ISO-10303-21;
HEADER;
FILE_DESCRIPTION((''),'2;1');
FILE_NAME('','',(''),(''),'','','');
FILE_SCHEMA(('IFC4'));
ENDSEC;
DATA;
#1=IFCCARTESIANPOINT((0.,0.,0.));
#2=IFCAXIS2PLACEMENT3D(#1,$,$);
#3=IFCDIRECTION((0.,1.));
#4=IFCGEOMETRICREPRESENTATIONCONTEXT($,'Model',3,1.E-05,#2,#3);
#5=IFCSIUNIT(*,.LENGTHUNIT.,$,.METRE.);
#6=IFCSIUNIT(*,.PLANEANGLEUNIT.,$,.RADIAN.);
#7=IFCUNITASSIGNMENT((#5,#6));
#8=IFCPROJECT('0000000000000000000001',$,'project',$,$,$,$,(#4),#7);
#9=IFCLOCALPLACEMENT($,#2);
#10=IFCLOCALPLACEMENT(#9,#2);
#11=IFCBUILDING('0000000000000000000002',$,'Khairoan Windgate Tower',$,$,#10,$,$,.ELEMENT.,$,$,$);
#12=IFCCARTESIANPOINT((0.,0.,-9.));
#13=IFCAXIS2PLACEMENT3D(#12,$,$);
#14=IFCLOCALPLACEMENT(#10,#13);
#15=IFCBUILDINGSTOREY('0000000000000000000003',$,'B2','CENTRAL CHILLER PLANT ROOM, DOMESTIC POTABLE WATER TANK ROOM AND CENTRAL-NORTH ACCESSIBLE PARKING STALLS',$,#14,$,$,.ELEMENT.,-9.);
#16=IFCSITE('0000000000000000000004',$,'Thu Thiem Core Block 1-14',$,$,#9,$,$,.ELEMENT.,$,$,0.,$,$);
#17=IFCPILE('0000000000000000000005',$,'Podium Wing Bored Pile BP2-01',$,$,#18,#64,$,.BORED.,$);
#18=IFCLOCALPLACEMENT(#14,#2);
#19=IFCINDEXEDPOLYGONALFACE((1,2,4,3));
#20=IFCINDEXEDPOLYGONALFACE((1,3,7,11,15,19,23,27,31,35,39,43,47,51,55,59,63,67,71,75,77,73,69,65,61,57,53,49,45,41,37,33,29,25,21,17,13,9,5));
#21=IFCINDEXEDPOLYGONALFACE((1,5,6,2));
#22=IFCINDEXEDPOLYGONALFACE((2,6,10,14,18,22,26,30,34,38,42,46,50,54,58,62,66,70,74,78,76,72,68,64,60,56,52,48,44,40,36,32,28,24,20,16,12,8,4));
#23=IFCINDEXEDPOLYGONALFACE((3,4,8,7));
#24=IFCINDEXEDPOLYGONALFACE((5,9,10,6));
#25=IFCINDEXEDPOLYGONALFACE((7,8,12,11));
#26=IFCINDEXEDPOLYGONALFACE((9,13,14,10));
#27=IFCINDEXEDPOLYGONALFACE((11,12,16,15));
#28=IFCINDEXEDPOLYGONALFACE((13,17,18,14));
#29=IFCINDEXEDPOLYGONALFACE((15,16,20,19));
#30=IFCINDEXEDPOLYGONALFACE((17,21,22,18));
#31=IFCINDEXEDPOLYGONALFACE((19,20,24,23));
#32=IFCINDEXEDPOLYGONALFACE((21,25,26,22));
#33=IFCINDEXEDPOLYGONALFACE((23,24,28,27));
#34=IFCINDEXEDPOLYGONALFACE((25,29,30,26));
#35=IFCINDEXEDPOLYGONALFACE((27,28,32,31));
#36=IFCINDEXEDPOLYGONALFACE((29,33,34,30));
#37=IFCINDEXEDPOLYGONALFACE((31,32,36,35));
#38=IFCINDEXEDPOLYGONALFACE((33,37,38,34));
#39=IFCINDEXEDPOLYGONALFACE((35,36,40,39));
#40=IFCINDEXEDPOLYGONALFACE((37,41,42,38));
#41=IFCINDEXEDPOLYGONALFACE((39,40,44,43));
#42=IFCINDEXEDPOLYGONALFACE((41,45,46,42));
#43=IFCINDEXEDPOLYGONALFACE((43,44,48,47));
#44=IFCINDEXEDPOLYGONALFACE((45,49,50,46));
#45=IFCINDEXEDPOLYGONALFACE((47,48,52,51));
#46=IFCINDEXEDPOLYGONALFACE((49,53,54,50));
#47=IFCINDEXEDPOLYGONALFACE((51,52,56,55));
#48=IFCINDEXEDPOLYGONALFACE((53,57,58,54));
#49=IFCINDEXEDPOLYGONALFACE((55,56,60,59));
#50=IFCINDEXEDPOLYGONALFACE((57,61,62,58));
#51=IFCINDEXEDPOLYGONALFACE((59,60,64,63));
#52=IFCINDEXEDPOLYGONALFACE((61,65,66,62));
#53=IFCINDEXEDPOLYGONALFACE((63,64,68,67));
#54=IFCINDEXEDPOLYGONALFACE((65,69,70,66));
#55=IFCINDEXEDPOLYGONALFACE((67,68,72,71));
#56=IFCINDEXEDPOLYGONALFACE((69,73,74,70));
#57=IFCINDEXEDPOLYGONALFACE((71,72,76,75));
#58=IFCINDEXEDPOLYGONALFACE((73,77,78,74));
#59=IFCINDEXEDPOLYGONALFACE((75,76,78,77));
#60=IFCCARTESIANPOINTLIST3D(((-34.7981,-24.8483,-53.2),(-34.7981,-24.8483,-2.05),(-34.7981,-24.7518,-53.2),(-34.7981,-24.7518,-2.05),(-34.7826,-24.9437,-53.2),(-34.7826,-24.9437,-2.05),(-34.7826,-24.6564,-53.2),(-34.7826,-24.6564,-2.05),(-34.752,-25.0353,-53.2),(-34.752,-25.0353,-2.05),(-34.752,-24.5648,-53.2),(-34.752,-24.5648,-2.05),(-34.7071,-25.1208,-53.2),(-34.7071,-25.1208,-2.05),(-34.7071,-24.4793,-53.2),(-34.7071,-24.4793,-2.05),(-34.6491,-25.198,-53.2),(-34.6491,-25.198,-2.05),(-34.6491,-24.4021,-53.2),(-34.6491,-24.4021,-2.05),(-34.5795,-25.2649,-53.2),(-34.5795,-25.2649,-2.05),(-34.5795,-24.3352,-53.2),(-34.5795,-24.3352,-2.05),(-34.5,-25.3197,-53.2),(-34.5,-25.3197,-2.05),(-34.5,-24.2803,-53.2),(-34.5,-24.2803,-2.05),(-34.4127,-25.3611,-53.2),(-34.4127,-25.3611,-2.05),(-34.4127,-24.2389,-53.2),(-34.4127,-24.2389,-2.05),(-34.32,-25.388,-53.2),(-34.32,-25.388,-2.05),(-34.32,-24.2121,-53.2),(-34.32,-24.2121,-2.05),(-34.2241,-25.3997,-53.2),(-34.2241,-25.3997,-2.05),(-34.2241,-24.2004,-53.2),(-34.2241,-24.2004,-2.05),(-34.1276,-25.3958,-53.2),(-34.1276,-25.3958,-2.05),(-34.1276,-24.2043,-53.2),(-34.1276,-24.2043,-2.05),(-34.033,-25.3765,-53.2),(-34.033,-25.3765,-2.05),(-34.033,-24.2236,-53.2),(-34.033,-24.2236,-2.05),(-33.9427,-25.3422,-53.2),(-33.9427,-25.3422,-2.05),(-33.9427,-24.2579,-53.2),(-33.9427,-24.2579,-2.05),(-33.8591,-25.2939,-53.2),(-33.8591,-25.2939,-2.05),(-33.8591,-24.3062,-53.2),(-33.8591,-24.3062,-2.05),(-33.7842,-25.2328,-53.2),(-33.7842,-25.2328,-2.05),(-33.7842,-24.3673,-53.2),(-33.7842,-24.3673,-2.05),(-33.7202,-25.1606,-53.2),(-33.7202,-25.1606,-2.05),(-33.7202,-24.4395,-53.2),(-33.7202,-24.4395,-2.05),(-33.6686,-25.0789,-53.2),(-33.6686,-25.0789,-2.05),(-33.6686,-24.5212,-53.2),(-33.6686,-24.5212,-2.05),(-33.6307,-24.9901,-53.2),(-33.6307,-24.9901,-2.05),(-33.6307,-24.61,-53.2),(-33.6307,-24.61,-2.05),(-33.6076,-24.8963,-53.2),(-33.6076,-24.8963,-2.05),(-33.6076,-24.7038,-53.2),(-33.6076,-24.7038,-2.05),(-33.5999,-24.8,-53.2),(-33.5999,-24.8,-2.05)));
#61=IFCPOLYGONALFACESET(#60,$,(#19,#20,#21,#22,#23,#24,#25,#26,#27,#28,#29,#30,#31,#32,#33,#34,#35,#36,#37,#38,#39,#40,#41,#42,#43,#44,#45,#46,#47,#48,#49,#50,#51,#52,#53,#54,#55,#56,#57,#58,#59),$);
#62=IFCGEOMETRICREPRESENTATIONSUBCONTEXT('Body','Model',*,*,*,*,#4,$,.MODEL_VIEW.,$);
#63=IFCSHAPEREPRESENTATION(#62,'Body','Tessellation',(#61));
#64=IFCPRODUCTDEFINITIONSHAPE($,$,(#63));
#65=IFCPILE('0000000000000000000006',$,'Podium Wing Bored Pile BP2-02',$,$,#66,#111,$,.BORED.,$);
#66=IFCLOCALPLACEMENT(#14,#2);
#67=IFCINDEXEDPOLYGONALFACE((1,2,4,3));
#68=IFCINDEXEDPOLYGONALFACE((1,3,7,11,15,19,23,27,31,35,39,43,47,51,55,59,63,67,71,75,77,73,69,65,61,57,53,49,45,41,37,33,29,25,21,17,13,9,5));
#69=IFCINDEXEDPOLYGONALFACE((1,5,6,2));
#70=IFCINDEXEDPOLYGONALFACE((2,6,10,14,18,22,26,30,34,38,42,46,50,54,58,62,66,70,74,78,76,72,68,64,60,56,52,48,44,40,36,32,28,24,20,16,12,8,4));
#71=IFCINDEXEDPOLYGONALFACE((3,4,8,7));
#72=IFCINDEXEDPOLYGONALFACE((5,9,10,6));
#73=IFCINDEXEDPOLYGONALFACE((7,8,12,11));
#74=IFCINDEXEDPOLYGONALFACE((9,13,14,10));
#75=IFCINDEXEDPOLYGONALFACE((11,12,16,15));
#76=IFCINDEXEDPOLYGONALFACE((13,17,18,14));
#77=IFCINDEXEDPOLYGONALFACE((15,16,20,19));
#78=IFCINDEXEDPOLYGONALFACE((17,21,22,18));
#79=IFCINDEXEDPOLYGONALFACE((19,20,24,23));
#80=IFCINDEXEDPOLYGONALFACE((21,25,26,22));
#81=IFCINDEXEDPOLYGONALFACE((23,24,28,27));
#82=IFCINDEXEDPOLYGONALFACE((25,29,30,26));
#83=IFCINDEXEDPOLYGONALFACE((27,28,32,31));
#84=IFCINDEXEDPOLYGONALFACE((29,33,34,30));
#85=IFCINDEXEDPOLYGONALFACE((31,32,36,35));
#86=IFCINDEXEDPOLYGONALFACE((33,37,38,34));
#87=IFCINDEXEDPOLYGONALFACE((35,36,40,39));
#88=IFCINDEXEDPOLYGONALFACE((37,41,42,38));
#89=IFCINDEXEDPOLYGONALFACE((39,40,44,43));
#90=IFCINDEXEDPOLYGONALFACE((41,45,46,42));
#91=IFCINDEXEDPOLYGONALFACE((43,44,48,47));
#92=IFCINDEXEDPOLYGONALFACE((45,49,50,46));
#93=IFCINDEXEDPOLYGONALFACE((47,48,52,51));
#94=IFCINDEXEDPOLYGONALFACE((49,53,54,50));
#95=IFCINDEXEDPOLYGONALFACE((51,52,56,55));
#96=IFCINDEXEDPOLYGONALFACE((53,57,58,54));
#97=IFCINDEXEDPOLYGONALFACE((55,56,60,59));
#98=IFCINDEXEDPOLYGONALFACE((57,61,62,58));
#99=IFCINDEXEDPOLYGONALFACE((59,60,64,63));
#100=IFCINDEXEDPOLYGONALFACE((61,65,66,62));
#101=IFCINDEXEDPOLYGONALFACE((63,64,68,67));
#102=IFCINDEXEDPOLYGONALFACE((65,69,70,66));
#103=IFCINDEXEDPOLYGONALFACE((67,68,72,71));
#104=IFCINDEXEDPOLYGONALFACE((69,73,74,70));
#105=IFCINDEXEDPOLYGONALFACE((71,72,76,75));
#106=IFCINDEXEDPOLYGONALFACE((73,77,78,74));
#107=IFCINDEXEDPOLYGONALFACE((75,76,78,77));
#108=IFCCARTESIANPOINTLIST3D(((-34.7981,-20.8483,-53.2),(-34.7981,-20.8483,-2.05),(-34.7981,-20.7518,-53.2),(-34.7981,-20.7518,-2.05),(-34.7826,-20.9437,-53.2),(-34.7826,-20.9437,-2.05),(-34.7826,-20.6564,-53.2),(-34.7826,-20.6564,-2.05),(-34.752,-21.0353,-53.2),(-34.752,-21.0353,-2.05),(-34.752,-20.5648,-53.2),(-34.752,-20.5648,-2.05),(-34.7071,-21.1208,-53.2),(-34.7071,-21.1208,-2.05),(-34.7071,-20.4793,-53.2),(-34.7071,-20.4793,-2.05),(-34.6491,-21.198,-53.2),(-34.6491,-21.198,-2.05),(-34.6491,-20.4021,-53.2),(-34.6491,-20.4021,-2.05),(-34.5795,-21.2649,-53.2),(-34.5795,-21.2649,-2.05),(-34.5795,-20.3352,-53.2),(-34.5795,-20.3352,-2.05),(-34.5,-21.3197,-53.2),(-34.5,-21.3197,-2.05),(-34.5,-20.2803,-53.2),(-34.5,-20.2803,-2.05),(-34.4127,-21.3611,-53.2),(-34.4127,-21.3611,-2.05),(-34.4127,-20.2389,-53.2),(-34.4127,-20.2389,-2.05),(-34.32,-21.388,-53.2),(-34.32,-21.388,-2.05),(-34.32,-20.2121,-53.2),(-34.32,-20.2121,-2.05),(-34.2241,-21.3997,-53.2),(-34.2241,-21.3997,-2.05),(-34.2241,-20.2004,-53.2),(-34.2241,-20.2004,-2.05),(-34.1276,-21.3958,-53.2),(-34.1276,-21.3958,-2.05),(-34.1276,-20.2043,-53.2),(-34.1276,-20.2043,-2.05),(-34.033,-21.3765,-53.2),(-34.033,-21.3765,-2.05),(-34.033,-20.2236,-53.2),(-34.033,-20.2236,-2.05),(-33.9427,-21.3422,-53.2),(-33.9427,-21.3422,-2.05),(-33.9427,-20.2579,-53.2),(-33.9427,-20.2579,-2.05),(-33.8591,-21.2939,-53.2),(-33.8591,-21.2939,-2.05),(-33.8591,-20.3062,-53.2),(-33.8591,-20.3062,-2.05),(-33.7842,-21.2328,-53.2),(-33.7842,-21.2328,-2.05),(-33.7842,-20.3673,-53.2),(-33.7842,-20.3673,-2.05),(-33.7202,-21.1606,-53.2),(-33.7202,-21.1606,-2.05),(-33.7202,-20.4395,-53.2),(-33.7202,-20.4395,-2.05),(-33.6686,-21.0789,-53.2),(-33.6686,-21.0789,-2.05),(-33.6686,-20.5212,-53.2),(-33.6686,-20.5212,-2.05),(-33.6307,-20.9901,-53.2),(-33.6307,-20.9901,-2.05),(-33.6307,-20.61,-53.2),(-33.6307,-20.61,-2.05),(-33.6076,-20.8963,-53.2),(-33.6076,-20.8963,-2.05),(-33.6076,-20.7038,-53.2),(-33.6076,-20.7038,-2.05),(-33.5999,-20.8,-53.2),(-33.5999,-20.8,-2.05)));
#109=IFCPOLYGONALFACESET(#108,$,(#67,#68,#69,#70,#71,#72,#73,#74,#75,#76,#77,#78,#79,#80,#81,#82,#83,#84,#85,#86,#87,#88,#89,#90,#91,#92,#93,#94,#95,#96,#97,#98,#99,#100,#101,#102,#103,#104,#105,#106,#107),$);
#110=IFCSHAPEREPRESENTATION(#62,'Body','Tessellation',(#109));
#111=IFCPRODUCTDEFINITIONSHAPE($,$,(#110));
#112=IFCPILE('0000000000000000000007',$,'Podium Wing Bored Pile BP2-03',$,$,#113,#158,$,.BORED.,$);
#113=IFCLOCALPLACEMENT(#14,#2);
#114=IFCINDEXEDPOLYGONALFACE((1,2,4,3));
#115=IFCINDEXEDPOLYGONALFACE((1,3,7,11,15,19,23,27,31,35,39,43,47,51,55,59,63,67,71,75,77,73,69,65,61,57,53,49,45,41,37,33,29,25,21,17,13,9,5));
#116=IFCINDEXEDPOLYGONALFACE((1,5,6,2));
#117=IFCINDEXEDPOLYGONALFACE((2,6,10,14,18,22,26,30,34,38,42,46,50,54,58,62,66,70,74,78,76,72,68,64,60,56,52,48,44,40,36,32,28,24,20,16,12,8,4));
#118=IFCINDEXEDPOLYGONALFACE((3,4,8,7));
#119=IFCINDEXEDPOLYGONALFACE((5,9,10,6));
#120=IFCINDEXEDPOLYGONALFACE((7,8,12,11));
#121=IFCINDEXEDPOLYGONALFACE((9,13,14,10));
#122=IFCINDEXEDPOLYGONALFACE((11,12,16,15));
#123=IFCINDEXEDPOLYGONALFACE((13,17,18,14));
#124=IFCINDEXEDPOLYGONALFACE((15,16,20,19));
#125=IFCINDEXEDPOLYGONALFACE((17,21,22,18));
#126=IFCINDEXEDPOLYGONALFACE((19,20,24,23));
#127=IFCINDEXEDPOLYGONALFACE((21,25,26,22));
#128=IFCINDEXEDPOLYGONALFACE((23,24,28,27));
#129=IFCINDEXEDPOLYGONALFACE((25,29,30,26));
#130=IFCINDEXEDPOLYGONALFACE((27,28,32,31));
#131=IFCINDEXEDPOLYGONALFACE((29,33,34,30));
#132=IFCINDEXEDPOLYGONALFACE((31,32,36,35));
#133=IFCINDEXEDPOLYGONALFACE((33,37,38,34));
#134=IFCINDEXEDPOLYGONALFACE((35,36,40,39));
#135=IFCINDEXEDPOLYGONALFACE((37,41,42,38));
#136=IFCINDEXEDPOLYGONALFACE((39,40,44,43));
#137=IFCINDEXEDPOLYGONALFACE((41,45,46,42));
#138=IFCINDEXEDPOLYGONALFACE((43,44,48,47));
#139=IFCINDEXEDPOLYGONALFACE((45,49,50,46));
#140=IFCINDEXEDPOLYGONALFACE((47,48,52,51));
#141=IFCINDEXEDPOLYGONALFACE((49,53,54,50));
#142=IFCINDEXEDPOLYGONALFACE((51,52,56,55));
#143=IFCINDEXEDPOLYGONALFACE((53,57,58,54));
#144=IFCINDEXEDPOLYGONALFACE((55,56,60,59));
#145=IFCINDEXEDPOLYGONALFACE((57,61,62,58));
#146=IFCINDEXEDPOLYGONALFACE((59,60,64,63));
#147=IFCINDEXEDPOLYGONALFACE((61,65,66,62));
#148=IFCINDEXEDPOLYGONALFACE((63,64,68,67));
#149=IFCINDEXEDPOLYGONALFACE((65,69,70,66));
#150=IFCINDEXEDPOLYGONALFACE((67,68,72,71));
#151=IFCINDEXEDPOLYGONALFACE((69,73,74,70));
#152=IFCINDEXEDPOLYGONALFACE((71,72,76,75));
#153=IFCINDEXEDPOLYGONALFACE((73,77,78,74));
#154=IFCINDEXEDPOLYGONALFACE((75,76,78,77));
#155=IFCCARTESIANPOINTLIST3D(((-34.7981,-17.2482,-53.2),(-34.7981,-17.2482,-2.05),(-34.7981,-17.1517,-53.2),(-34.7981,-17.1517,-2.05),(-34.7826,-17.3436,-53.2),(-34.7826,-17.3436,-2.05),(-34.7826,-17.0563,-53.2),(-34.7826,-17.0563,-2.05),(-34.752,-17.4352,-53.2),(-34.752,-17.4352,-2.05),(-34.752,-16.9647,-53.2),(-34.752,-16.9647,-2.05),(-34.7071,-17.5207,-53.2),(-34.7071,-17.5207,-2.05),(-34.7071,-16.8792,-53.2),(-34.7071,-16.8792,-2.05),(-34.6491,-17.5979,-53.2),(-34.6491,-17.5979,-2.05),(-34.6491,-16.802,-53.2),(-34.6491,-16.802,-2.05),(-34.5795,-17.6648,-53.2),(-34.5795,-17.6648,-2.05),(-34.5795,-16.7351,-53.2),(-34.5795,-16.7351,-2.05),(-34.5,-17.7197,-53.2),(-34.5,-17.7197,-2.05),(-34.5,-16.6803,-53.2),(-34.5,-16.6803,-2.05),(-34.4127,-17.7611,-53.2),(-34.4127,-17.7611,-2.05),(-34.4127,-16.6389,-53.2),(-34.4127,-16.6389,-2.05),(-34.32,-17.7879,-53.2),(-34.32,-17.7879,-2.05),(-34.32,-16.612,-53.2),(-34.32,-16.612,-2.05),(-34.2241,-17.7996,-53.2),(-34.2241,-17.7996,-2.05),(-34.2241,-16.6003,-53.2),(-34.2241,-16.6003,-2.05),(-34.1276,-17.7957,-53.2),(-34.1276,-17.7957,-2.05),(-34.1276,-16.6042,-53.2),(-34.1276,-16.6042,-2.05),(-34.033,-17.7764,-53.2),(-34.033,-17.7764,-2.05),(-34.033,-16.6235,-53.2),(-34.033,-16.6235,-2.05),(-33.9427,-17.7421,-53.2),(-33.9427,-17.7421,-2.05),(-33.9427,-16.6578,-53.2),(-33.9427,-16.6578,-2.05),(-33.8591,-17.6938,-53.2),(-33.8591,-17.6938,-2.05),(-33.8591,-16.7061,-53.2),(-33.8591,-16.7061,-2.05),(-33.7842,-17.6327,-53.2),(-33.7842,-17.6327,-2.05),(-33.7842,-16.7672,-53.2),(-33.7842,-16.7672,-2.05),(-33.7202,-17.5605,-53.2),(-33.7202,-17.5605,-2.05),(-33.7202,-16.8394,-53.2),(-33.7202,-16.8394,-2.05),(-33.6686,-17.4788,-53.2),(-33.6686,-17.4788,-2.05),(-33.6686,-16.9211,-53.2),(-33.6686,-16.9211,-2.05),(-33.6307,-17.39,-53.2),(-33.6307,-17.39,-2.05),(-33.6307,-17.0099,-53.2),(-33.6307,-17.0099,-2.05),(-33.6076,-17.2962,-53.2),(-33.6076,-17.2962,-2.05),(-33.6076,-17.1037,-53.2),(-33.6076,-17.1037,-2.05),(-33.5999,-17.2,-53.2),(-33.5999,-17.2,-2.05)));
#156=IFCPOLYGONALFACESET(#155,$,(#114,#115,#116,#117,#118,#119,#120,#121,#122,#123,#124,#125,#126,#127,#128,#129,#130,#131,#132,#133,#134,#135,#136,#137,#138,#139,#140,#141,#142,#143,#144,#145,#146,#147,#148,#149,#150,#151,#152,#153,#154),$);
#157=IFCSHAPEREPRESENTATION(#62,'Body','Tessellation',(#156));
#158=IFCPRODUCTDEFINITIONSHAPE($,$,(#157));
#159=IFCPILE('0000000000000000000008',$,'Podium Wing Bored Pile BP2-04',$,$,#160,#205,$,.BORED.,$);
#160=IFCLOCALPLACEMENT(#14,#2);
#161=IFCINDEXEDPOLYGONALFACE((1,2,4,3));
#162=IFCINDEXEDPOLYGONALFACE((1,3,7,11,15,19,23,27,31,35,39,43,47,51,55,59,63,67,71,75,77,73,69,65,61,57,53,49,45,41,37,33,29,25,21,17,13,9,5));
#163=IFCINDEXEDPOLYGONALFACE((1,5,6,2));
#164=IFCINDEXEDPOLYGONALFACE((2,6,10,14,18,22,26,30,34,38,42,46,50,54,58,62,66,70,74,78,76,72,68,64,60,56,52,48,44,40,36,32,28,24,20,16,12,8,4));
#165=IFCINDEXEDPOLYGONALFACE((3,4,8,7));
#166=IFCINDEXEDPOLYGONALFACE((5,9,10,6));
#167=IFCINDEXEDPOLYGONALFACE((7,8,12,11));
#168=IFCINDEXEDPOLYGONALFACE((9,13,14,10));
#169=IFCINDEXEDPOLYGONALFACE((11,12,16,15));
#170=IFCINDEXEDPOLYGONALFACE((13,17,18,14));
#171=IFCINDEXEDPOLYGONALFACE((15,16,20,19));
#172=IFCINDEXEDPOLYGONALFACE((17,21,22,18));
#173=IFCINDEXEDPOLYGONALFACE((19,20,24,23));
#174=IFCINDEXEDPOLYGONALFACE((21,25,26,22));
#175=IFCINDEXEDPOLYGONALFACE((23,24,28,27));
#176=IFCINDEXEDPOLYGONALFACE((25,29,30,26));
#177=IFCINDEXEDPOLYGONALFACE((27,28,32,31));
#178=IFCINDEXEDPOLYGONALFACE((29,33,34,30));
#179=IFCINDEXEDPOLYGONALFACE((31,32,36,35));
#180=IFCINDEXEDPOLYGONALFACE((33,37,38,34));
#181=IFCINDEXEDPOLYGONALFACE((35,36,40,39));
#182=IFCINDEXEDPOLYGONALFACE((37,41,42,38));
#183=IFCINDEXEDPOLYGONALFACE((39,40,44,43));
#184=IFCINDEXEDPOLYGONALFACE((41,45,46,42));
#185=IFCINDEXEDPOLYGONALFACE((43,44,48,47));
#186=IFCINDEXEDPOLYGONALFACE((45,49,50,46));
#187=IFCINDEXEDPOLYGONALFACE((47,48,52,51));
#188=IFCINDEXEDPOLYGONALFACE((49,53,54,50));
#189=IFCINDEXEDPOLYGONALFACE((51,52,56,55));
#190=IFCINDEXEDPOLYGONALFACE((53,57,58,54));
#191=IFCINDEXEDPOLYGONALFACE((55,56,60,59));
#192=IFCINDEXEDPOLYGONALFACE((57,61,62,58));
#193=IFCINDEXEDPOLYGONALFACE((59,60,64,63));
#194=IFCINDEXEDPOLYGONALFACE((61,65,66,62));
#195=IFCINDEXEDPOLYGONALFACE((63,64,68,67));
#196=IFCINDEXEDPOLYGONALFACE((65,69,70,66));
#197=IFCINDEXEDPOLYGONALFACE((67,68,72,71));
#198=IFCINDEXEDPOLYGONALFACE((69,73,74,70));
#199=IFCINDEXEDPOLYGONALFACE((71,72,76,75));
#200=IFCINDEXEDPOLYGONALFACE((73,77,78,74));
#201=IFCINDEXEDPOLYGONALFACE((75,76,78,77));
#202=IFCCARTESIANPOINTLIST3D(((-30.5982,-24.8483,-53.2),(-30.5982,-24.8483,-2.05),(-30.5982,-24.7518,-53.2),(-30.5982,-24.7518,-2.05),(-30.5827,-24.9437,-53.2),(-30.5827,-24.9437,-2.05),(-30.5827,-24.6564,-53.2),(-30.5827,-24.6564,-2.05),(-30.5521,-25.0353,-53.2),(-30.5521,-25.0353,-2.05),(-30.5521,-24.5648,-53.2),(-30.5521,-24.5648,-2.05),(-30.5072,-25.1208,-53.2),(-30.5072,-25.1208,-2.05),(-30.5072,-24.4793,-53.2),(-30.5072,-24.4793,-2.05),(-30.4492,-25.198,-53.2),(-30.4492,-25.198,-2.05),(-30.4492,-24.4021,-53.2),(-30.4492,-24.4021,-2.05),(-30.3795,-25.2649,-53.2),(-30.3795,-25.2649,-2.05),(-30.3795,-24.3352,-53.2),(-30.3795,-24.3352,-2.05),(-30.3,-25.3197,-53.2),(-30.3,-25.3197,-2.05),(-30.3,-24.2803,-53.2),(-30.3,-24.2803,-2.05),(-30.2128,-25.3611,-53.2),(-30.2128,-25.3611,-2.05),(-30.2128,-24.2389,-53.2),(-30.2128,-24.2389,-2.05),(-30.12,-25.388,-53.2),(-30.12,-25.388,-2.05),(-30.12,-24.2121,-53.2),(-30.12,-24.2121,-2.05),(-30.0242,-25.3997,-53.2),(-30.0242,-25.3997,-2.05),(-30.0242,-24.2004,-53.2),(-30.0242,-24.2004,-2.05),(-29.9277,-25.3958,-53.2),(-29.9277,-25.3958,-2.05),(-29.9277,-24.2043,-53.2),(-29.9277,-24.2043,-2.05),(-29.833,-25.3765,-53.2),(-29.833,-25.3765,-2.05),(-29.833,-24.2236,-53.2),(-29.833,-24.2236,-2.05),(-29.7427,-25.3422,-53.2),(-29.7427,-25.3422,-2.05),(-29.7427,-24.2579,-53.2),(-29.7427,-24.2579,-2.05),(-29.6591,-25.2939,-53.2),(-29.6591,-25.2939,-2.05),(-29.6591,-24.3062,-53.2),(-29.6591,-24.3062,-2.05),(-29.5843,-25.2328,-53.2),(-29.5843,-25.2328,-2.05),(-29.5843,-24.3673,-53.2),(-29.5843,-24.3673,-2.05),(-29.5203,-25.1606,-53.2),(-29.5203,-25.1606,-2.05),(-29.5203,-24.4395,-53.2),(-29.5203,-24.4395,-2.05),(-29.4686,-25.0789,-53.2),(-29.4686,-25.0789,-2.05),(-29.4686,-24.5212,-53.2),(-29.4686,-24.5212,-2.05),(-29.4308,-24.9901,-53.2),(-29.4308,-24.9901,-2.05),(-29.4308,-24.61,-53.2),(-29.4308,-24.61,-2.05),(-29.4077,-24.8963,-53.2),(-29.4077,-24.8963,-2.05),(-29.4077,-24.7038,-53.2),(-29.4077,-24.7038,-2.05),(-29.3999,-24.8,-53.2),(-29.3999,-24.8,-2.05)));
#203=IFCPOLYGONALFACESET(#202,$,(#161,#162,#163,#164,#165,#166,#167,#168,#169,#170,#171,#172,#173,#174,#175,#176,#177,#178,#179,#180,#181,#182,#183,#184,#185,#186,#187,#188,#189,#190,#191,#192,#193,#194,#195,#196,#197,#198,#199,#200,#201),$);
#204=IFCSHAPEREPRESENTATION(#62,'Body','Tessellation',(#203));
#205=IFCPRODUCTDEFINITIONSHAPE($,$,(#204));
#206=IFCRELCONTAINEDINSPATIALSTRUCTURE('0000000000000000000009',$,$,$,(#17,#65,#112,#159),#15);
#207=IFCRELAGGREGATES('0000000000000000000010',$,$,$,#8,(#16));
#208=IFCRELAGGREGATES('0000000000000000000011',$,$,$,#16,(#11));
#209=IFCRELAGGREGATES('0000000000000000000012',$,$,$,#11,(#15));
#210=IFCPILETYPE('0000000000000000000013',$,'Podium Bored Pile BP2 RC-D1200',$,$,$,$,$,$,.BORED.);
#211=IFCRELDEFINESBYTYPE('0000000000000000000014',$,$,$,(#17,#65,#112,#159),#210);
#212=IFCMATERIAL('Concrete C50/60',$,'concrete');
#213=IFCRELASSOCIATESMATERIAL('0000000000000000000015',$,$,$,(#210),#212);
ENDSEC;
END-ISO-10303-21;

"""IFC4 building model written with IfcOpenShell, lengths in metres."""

from ifc_helpers import new_model, si_unit, direction, frame, origin, origin_2d, place, context, subcontext, project, spatial, circle, extrude, material, material_profile, profile_set, type_object, element, save


model = new_model("IFC4")

# Units and contexts
model_context = context("Model", 3, precision=1e-05, world=origin(), true_north=direction((0.0, 1.0)))
body_context = subcontext(model_context, "Body", "Model", "MODEL_VIEW")
ifc_project = project(units=[si_unit("LENGTHUNIT", "METRE"), si_unit("PLANEANGLEUNIT", "RADIAN")], contexts=[model_context])

# Site, building, storey
site_placement = place(None, origin())
site = spatial("IfcSite", under=ifc_project, at=site_placement, Name="Thu Thiem Core Block 1-14", CompositionType="ELEMENT", RefElevation=0.0)
building_placement = place(site_placement, origin())
building = spatial("IfcBuilding", under=site, at=building_placement, Name="Khairoan Windgate Tower", CompositionType="ELEMENT")
storey_placement = place(building_placement, frame((0.0, 0.0, -9.0)))
storey = spatial("IfcBuildingStorey", under=building, at=storey_placement, Name="B2", Description="CENTRAL CHILLER PLANT ROOM, DOMESTIC POTABLE WATER TANK ROOM AND CENTRAL-NORTH ACCESSIBLE PARKING STALLS", CompositionType="ELEMENT", Elevation=-9.0)

# Piles
ifc_material_1 = material(Name="Concrete C50/60", Category="concrete")
ifc_material_profile_1 = material_profile(ifc_material_1, circle(Radius=0.6001, at=origin_2d()))
ifc_profile_set_1 = profile_set([ifc_material_profile_1], Name="Concrete C50/60")
pile_type_1 = type_object("IfcPileType", Name="Podium Bored Pile BP2 RC-D1200", PredefinedType="BORED", material=ifc_profile_set_1)
for number, where, z_axis, x_axis, name in (
    (1, (-34.2, -24.8, -2.05), (0.0, 0.0, -1.0), (1.0, 0.0, 0.0), "Podium Wing Bored Pile BP2-01"),
    (2, (-34.2, -20.8, -2.05), (0.0, 0.0, -1.0), (1.0, 0.0, 0.0), "Podium Wing Bored Pile BP2-02"),
    (3, (-34.2, -17.2, -2.05), (0.0, 0.0, -1.0), (1.0, 0.0, 0.0), "Podium Wing Bored Pile BP2-03"),
    (4, (-30.0, -24.8, -2.05), (0.0, 0.0, -1.0), (1.0, 0.0, 0.0), "Podium Wing Bored Pile BP2-04"),
):
    element("IfcPile", number, at=place(storey_placement, frame(where, z_axis=z_axis, x_axis=x_axis)), inside=storey, type_object=pile_type_1, Name=name, PredefinedType="BORED", context=body_context, shape_type="SweptSolid", body=[
        extrude(circle(Radius=0.6001, at=origin_2d()), origin(), (0.0, 0.0, 1.0), 51.1499),
    ])

save(model, "model.ifc")
